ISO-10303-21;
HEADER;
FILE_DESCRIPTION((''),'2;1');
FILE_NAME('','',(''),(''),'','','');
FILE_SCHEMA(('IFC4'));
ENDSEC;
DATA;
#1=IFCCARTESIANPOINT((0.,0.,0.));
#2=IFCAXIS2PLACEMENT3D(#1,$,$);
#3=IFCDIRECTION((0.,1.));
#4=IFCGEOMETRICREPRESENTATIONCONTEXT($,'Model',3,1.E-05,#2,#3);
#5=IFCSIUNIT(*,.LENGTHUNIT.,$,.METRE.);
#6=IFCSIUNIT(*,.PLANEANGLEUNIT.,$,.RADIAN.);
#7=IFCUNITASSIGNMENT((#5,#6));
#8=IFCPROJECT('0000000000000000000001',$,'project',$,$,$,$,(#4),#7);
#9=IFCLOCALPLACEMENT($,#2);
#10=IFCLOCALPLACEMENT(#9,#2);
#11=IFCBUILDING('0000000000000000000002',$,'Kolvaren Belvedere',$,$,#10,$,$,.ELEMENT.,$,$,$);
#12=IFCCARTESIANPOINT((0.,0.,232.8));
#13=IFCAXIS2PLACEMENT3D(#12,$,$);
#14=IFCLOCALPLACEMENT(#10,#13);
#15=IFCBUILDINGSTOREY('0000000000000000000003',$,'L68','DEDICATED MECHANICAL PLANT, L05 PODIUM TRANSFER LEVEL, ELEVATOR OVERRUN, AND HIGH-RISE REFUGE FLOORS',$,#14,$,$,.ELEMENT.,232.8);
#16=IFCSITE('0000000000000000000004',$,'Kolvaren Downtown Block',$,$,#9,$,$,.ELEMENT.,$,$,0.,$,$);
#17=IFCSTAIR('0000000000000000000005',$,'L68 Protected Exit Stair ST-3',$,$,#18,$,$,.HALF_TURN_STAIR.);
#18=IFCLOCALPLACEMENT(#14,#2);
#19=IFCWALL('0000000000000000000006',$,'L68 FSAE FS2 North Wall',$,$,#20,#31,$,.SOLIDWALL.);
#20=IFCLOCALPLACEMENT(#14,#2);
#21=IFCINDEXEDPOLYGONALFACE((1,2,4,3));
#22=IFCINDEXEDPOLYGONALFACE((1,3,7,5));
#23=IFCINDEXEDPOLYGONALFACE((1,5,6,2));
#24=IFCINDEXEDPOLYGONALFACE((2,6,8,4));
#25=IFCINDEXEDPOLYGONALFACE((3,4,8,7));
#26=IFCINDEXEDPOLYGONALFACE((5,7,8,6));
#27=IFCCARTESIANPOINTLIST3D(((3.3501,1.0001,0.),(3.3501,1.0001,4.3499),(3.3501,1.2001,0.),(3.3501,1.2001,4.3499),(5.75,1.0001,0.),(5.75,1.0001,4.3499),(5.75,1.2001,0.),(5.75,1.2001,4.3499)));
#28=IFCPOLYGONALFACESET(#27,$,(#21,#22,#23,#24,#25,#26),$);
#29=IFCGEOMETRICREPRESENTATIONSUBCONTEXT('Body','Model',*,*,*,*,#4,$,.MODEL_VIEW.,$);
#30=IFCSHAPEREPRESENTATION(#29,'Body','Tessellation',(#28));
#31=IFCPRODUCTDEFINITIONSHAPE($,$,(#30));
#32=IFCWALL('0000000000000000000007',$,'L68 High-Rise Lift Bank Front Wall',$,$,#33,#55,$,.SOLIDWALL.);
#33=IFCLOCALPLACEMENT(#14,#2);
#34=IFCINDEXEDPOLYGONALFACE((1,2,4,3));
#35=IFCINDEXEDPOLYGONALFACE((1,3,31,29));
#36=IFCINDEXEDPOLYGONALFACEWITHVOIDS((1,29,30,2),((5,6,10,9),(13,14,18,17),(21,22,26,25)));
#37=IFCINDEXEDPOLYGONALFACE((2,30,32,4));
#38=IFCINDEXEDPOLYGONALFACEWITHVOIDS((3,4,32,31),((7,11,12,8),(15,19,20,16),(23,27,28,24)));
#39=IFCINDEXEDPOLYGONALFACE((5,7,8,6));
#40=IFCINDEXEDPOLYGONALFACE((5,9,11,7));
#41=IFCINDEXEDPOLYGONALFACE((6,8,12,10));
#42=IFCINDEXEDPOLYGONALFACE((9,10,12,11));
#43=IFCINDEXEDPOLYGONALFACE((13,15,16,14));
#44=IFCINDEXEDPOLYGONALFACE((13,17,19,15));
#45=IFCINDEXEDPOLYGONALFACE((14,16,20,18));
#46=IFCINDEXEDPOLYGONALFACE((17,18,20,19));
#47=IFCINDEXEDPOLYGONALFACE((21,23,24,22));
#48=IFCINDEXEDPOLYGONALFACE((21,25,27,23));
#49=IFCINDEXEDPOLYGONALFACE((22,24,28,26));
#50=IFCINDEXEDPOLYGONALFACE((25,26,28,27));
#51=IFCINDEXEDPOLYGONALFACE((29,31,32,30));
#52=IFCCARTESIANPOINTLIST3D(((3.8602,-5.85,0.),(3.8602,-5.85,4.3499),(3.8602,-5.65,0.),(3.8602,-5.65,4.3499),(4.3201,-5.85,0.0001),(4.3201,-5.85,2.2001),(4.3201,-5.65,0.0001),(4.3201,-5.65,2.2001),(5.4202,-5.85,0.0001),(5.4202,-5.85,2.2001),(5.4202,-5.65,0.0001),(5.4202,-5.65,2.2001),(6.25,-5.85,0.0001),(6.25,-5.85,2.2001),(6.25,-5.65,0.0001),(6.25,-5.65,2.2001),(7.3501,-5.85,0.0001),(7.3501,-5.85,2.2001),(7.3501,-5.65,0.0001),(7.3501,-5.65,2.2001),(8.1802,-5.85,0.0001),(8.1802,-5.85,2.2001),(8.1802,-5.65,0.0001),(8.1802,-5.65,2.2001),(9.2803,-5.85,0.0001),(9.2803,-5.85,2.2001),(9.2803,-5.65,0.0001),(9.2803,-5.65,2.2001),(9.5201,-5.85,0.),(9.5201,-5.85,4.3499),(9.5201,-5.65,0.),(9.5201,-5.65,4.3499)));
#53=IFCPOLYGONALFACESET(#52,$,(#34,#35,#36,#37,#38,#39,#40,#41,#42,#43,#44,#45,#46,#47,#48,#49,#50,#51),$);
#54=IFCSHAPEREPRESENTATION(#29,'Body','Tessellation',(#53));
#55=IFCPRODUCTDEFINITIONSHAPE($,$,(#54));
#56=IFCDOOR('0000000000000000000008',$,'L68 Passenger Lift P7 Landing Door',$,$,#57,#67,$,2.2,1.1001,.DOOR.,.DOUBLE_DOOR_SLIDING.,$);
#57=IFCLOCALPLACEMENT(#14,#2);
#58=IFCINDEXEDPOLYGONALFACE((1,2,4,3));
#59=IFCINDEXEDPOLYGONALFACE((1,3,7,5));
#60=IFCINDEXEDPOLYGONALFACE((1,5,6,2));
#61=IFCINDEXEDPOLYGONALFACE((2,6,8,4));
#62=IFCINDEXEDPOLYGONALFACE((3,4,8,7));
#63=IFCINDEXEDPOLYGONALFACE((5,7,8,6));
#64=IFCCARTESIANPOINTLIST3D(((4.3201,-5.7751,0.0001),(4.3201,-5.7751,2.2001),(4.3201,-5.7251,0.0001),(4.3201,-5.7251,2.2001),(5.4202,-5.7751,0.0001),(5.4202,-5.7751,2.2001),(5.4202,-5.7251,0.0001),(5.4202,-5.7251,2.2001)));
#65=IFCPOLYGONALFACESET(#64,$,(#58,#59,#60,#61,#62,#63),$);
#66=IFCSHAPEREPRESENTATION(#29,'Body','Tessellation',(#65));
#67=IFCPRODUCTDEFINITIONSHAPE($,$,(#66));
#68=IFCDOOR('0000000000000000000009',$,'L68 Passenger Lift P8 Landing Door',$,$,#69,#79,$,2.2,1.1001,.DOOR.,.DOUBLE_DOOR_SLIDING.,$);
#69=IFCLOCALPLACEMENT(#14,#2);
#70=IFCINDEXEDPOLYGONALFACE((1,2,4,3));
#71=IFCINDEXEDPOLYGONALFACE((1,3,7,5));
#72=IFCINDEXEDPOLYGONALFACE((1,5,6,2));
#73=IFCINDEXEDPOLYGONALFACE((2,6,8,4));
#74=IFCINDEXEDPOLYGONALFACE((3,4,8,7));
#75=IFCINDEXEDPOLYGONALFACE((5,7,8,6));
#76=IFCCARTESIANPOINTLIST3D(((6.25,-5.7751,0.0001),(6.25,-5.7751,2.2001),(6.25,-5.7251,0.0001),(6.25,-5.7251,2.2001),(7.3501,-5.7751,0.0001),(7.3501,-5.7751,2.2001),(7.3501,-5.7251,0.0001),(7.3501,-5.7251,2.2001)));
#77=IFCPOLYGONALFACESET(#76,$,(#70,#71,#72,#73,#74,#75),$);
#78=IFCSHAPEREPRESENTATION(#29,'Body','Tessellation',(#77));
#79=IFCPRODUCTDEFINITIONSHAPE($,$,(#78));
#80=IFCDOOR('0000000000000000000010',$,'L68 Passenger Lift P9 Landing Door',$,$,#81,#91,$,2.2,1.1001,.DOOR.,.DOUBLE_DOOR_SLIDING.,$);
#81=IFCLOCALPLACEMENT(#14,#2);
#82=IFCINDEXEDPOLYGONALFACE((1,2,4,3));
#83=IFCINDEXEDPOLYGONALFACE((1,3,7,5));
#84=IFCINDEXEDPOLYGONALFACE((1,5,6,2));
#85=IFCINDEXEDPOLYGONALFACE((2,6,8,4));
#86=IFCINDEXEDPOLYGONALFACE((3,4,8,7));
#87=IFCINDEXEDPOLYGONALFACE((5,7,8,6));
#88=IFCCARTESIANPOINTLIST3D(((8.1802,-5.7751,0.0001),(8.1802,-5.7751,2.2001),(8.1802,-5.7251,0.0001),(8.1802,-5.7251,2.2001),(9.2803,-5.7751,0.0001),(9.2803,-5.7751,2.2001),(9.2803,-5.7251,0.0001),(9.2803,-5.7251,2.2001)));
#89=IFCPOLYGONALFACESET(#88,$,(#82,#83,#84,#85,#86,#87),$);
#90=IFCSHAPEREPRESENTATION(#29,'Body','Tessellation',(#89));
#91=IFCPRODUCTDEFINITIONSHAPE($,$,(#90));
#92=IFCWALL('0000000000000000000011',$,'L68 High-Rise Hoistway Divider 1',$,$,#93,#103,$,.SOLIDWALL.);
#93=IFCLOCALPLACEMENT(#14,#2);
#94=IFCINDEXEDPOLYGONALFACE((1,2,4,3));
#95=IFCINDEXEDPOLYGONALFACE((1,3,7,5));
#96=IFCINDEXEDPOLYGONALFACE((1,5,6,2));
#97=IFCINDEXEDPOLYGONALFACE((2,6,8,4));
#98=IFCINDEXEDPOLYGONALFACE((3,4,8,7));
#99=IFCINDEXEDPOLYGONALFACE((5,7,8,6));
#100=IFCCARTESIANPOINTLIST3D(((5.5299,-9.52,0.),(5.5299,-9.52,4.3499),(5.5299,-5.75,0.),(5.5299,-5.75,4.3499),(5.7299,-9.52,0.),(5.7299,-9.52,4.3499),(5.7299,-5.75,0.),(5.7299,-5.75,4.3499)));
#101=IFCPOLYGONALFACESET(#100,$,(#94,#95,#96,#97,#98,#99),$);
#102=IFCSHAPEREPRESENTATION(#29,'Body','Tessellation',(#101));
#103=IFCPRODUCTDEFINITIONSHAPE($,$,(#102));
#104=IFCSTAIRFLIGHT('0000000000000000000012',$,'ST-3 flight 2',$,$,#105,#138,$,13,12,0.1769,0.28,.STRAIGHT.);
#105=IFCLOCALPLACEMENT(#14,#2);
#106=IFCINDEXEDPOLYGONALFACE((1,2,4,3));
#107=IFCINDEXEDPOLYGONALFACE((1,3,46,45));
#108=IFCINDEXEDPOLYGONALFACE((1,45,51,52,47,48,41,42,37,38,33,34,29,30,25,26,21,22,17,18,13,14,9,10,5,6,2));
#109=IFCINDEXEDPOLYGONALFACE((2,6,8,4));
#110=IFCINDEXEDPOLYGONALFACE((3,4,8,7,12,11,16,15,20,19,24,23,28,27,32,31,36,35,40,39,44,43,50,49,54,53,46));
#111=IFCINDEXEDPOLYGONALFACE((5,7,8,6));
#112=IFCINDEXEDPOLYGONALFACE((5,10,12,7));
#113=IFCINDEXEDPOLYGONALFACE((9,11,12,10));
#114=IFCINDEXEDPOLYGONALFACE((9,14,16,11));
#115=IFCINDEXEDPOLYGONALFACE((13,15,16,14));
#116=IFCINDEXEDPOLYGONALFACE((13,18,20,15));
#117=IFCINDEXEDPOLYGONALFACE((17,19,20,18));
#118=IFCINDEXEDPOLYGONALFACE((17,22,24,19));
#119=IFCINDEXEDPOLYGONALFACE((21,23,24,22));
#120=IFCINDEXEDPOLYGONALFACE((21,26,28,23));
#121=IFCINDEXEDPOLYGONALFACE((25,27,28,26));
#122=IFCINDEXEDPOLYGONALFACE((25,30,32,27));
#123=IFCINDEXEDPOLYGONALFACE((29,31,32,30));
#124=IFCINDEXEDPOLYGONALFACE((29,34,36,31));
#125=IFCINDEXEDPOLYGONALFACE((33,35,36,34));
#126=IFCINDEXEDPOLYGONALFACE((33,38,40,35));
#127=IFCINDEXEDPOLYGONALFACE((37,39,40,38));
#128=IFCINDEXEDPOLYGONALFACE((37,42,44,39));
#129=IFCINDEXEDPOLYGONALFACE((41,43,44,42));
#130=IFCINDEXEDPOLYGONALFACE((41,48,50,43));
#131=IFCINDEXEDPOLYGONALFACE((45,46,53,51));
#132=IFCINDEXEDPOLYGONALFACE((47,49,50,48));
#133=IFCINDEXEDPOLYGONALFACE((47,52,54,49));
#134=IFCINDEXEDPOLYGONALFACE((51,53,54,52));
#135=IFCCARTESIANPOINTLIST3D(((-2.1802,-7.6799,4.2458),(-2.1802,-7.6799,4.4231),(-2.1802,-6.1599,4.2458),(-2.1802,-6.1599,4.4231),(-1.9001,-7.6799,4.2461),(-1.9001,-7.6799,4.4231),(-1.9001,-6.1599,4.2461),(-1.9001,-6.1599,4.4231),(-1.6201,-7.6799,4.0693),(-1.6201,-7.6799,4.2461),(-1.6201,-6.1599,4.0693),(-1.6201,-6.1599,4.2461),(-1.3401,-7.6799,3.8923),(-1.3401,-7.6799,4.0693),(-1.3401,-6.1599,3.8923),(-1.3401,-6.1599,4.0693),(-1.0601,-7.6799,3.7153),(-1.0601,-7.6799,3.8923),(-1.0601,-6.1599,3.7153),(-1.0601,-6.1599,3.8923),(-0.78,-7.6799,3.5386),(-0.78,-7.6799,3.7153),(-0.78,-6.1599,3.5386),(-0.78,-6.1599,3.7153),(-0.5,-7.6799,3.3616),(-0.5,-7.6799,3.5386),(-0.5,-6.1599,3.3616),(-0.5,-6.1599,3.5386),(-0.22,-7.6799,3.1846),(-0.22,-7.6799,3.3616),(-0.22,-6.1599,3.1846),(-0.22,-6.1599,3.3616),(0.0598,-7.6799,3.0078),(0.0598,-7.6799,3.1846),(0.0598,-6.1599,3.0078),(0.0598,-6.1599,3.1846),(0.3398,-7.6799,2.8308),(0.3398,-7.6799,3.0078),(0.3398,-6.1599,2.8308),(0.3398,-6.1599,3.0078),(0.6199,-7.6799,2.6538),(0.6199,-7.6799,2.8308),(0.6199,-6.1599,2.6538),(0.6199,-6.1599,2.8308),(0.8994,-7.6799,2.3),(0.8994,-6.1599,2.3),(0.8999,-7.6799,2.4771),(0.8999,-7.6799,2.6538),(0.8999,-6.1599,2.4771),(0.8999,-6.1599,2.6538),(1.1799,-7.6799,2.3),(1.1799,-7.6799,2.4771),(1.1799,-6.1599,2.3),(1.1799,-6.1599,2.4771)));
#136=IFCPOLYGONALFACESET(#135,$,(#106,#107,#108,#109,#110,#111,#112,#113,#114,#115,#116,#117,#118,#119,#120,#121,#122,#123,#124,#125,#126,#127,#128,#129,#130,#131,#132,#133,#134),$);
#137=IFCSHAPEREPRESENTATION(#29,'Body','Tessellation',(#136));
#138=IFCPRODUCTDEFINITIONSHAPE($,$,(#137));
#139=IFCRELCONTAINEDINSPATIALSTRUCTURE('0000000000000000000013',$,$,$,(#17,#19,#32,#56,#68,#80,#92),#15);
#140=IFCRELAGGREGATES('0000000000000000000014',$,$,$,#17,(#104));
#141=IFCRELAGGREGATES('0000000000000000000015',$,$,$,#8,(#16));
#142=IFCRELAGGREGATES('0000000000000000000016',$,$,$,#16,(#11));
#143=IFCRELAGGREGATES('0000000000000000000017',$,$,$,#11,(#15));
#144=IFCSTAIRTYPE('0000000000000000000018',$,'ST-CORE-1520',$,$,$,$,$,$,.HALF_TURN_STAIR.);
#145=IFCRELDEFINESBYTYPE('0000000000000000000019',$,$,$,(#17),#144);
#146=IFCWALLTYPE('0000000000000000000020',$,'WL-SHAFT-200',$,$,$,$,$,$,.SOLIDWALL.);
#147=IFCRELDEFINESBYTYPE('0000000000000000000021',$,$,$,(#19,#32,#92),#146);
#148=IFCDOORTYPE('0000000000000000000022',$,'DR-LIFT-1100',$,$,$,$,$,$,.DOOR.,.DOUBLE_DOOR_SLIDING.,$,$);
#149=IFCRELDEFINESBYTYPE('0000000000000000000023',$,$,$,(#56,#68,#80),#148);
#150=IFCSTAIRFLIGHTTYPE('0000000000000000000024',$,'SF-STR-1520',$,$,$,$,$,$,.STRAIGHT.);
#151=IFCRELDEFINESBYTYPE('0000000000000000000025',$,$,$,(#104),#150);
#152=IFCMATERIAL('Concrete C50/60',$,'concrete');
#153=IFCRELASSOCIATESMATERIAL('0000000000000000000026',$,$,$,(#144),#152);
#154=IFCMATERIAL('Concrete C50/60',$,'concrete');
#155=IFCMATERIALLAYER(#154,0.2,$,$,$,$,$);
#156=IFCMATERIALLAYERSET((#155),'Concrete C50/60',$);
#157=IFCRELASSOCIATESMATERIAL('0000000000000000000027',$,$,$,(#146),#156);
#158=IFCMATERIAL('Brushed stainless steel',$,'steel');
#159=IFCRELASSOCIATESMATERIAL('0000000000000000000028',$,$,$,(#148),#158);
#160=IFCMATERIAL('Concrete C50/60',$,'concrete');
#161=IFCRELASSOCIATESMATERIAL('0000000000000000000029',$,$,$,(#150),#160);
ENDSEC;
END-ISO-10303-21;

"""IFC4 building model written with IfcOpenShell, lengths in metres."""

from ifc_helpers import new_model, si_unit, direction, frame, frame_2d, origin, place, context, subcontext, project, spatial, polyline, rectangle, outline, extrude, material, layer, layer_set, type_object, element, fill, aggregate, save


model = new_model("IFC4")

# Units and contexts
model_context = context("Model", 3, precision=1e-05, world=origin(), true_north=direction((0.0, 1.0)))
body_context = subcontext(model_context, "Body", "Model", "MODEL_VIEW")
ifc_project = project(units=[si_unit("LENGTHUNIT", "METRE"), si_unit("PLANEANGLEUNIT", "RADIAN")], contexts=[model_context])

# Site, building, storey
site_placement = place(None, origin())
site = spatial("IfcSite", under=ifc_project, at=site_placement, Name="Kolvaren Downtown Block", CompositionType="ELEMENT", RefElevation=0.0)
building_placement = place(site_placement, origin())
building = spatial("IfcBuilding", under=site, at=building_placement, Name="Kolvaren Belvedere", CompositionType="ELEMENT")
storey_placement = place(building_placement, frame((0.0, 0.0, 232.8)))
storey = spatial("IfcBuildingStorey", under=building, at=storey_placement, Name="L68", Description="DEDICATED MECHANICAL PLANT, L05 PODIUM TRANSFER LEVEL, ELEVATOR OVERRUN, AND HIGH-RISE REFUGE FLOORS", CompositionType="ELEMENT", Elevation=232.8)

# Stair
ifc_material_1 = material(Name="Concrete C50/60", Category="concrete")
stair_type = type_object("IfcStairType", Name="ST-CORE-1520", PredefinedType="HALF_TURN_STAIR", material=ifc_material_1)
stair_1_placement = place(storey_placement, origin())
stair_1 = element("IfcStair", 1, at=stair_1_placement, inside=storey, type_object=stair_type, Name="L68 Protected Exit Stair ST-3", PredefinedType="HALF_TURN_STAIR")

# Shared definitions
ifc_material_2 = material(Name="Concrete C50/60", Category="concrete")
ifc_layer_1 = layer(ifc_material_2, 0.2)
ifc_layer_set_1 = layer_set([ifc_layer_1], Name="Concrete C50/60")
wall_type_1 = type_object("IfcWallType", Name="WL-SHAFT-200", PredefinedType="SOLIDWALL", material=ifc_layer_set_1)

# Wall
for number, where, z_axis, x_axis, name in (
    (2, (3.3501, 1.1001, 0.0), (0.0, 0.0, 1.0), (1.0, 0.0, 0.0), "L68 FSAE FS2 North Wall"),
):
    element("IfcWall", number, at=place(storey_placement, frame(where, z_axis=z_axis, x_axis=x_axis)), inside=storey, type_object=wall_type_1, Name=name, PredefinedType="SOLIDWALL", context=body_context, shape_type="SweptSolid", body=[
        extrude(rectangle(XDim=2.3999, YDim=0.2, at=frame_2d((1.2, 0.0))), origin(), (0.0, 0.0, 1.0), 4.3499),
    ])

# Wall, openings, doors
wall_1_placement = place(storey_placement, frame((3.8601, -5.75, 0.0), z_axis=(0.0, 0.0, 1.0), x_axis=(1.0, 0.0, 0.0)))
wall_1 = element("IfcWall", 3, at=wall_1_placement, inside=storey, type_object=wall_type_1, Name="L68 High-Rise Lift Bank Front Wall", PredefinedType="SOLIDWALL", context=body_context, shape_type="SweptSolid", body=[
    extrude(rectangle(XDim=5.6599, YDim=0.2, at=frame_2d((2.8301, 0.0))), origin(), (0.0, 0.0, 1.0), 4.3499),
])
opening_1_placement = place(wall_1_placement, frame((0.46, 0.0, 0.0)))
opening_1 = element("IfcOpeningElement", 4, at=opening_1_placement, cuts=wall_1, PredefinedType="OPENING", context=body_context, shape_type="SweptSolid", body=[
    extrude(rectangle(XDim=1.1001, YDim=2.2, at=frame_2d((0.55, 1.1001))), frame((0.0, 0.1099, 0.0), z_axis=(0.0, -1.0, 0.0), x_axis=(1.0, 0.0, 0.0)), (0.0, 0.0, 1.0), 0.22),
])
opening_2_placement = place(wall_1_placement, frame((2.3899, 0.0, 0.0)))
opening_2 = element("IfcOpeningElement", 5, at=opening_2_placement, cuts=wall_1, PredefinedType="OPENING", context=body_context, shape_type="SweptSolid", body=[
    extrude(rectangle(XDim=1.1001, YDim=2.2, at=frame_2d((0.55, 1.1001))), frame((0.0, 0.1099, 0.0), z_axis=(0.0, -1.0, 0.0), x_axis=(1.0, 0.0, 0.0)), (0.0, 0.0, 1.0), 0.22),
])
opening_3_placement = place(wall_1_placement, frame((4.3201, 0.0, 0.0)))
opening_3 = element("IfcOpeningElement", 6, at=opening_3_placement, cuts=wall_1, PredefinedType="OPENING", context=body_context, shape_type="SweptSolid", body=[
    extrude(rectangle(XDim=1.1001, YDim=2.2, at=frame_2d((0.55, 1.1001))), frame((0.0, 0.1099, 0.0), z_axis=(0.0, -1.0, 0.0), x_axis=(1.0, 0.0, 0.0)), (0.0, 0.0, 1.0), 0.22),
])
ifc_material_3 = material(Name="Brushed stainless steel", Category="steel")
door_type_1 = type_object("IfcDoorType", Name="DR-LIFT-1100", OperationType="DOUBLE_DOOR_SLIDING", PredefinedType="DOOR", material=ifc_material_3)
door_1_placement = place(opening_1_placement, origin())
door_1 = element("IfcDoor", 7, at=door_1_placement, inside=storey, type_object=door_type_1, Name="L68 Passenger Lift P7 Landing Door", OperationType="DOUBLE_DOOR_SLIDING", OverallHeight=2.2, OverallWidth=1.1001, PredefinedType="DOOR", context=body_context, shape_type="SweptSolid", body=[
    extrude(rectangle(XDim=1.1001, YDim=2.2, at=frame_2d((0.55, 1.1001))), frame((0.0, 0.0249, 0.0), z_axis=(0.0, -1.0, 0.0), x_axis=(1.0, 0.0, 0.0)), (0.0, 0.0, 1.0), 0.05),
])
fill(opening_1, door_1)
door_2_placement = place(opening_2_placement, origin())
door_2 = element("IfcDoor", 8, at=door_2_placement, inside=storey, type_object=door_type_1, Name="L68 Passenger Lift P8 Landing Door", OperationType="DOUBLE_DOOR_SLIDING", OverallHeight=2.2, OverallWidth=1.1001, PredefinedType="DOOR", context=body_context, shape_type="SweptSolid", body=[
    extrude(rectangle(XDim=1.1001, YDim=2.2, at=frame_2d((0.55, 1.1001))), frame((0.0, 0.0249, 0.0), z_axis=(0.0, -1.0, 0.0), x_axis=(1.0, 0.0, 0.0)), (0.0, 0.0, 1.0), 0.05),
])
fill(opening_2, door_2)
door_3_placement = place(opening_3_placement, origin())
door_3 = element("IfcDoor", 9, at=door_3_placement, inside=storey, type_object=door_type_1, Name="L68 Passenger Lift P9 Landing Door", OperationType="DOUBLE_DOOR_SLIDING", OverallHeight=2.2, OverallWidth=1.1001, PredefinedType="DOOR", context=body_context, shape_type="SweptSolid", body=[
    extrude(rectangle(XDim=1.1001, YDim=2.2, at=frame_2d((0.55, 1.1001))), frame((0.0, 0.0249, 0.0), z_axis=(0.0, -1.0, 0.0), x_axis=(1.0, 0.0, 0.0)), (0.0, 0.0, 1.0), 0.05),
])
fill(opening_3, door_3)

# Wall
wall_2_placement = place(storey_placement, frame((5.6299, -9.52, 0.0), z_axis=(0.0, 0.0, 1.0), x_axis=(0.0, 1.0, 0.0)))
element("IfcWall", 10, at=wall_2_placement, inside=storey, type_object=wall_type_1, Name="L68 High-Rise Hoistway Divider 1", PredefinedType="SOLIDWALL", context=body_context, shape_type="SweptSolid", body=[
    extrude(rectangle(XDim=3.77, YDim=0.2, at=frame_2d((1.885, 0.0))), origin(), (0.0, 0.0, 1.0), 4.3499),
])

# Stair flight
ifc_material_4 = material(Name="Concrete C50/60", Category="concrete")
stair_flight_type = type_object("IfcStairFlightType", Name="SF-STR-1520", PredefinedType="STRAIGHT", material=ifc_material_4)
stair_flight_placement = place(storey_placement, frame((1.1799, -6.9199, 2.3), z_axis=(0.0, 0.0, 1.0), x_axis=(-1.0, 0.0, 0.0)))
stair_flight = element("IfcStairFlight", 11, at=stair_flight_placement, type_object=stair_flight_type, Name="ST-3 flight 2", NumberOfRisers=13, NumberOfTreads=12, PredefinedType="STRAIGHT", RiserHeight=0.1769, TreadLength=0.28, context=body_context, shape_type="SweptSolid", body=[
    extrude(outline(polyline([(0.0, 0.0), (0.0, 0.177), (0.28, 0.177), (0.28, 0.3538), (0.5601, 0.3538), (0.5601, 0.5308), (0.8401, 0.5308), (0.8401, 0.7078), (1.1201, 0.7078), (1.1201, 0.8845), (1.3999, 0.8845), (1.3999, 1.0615), (1.6799, 1.0615), (1.6799, 1.2385), (1.96, 1.2385), (1.96, 1.4153), (2.24, 1.4153), (2.24, 1.5923), (2.52, 1.5923), (2.52, 1.7693), (2.8, 1.7693), (2.8, 1.946), (3.0801, 1.946), (3.0801, 2.123), (3.3601, 2.123), (3.3601, 2.3), (3.3601, 1.9458), (0.2805, 0.0), (0.0, 0.0)])), frame((0.0, 0.76, 0.0), z_axis=(0.0, -1.0, 0.0), x_axis=(1.0, 0.0, 0.0)), (0.0, 0.0, 1.0), 1.52),
])
aggregate(stair_1, [stair_flight])

save(model, "model.ifc")
